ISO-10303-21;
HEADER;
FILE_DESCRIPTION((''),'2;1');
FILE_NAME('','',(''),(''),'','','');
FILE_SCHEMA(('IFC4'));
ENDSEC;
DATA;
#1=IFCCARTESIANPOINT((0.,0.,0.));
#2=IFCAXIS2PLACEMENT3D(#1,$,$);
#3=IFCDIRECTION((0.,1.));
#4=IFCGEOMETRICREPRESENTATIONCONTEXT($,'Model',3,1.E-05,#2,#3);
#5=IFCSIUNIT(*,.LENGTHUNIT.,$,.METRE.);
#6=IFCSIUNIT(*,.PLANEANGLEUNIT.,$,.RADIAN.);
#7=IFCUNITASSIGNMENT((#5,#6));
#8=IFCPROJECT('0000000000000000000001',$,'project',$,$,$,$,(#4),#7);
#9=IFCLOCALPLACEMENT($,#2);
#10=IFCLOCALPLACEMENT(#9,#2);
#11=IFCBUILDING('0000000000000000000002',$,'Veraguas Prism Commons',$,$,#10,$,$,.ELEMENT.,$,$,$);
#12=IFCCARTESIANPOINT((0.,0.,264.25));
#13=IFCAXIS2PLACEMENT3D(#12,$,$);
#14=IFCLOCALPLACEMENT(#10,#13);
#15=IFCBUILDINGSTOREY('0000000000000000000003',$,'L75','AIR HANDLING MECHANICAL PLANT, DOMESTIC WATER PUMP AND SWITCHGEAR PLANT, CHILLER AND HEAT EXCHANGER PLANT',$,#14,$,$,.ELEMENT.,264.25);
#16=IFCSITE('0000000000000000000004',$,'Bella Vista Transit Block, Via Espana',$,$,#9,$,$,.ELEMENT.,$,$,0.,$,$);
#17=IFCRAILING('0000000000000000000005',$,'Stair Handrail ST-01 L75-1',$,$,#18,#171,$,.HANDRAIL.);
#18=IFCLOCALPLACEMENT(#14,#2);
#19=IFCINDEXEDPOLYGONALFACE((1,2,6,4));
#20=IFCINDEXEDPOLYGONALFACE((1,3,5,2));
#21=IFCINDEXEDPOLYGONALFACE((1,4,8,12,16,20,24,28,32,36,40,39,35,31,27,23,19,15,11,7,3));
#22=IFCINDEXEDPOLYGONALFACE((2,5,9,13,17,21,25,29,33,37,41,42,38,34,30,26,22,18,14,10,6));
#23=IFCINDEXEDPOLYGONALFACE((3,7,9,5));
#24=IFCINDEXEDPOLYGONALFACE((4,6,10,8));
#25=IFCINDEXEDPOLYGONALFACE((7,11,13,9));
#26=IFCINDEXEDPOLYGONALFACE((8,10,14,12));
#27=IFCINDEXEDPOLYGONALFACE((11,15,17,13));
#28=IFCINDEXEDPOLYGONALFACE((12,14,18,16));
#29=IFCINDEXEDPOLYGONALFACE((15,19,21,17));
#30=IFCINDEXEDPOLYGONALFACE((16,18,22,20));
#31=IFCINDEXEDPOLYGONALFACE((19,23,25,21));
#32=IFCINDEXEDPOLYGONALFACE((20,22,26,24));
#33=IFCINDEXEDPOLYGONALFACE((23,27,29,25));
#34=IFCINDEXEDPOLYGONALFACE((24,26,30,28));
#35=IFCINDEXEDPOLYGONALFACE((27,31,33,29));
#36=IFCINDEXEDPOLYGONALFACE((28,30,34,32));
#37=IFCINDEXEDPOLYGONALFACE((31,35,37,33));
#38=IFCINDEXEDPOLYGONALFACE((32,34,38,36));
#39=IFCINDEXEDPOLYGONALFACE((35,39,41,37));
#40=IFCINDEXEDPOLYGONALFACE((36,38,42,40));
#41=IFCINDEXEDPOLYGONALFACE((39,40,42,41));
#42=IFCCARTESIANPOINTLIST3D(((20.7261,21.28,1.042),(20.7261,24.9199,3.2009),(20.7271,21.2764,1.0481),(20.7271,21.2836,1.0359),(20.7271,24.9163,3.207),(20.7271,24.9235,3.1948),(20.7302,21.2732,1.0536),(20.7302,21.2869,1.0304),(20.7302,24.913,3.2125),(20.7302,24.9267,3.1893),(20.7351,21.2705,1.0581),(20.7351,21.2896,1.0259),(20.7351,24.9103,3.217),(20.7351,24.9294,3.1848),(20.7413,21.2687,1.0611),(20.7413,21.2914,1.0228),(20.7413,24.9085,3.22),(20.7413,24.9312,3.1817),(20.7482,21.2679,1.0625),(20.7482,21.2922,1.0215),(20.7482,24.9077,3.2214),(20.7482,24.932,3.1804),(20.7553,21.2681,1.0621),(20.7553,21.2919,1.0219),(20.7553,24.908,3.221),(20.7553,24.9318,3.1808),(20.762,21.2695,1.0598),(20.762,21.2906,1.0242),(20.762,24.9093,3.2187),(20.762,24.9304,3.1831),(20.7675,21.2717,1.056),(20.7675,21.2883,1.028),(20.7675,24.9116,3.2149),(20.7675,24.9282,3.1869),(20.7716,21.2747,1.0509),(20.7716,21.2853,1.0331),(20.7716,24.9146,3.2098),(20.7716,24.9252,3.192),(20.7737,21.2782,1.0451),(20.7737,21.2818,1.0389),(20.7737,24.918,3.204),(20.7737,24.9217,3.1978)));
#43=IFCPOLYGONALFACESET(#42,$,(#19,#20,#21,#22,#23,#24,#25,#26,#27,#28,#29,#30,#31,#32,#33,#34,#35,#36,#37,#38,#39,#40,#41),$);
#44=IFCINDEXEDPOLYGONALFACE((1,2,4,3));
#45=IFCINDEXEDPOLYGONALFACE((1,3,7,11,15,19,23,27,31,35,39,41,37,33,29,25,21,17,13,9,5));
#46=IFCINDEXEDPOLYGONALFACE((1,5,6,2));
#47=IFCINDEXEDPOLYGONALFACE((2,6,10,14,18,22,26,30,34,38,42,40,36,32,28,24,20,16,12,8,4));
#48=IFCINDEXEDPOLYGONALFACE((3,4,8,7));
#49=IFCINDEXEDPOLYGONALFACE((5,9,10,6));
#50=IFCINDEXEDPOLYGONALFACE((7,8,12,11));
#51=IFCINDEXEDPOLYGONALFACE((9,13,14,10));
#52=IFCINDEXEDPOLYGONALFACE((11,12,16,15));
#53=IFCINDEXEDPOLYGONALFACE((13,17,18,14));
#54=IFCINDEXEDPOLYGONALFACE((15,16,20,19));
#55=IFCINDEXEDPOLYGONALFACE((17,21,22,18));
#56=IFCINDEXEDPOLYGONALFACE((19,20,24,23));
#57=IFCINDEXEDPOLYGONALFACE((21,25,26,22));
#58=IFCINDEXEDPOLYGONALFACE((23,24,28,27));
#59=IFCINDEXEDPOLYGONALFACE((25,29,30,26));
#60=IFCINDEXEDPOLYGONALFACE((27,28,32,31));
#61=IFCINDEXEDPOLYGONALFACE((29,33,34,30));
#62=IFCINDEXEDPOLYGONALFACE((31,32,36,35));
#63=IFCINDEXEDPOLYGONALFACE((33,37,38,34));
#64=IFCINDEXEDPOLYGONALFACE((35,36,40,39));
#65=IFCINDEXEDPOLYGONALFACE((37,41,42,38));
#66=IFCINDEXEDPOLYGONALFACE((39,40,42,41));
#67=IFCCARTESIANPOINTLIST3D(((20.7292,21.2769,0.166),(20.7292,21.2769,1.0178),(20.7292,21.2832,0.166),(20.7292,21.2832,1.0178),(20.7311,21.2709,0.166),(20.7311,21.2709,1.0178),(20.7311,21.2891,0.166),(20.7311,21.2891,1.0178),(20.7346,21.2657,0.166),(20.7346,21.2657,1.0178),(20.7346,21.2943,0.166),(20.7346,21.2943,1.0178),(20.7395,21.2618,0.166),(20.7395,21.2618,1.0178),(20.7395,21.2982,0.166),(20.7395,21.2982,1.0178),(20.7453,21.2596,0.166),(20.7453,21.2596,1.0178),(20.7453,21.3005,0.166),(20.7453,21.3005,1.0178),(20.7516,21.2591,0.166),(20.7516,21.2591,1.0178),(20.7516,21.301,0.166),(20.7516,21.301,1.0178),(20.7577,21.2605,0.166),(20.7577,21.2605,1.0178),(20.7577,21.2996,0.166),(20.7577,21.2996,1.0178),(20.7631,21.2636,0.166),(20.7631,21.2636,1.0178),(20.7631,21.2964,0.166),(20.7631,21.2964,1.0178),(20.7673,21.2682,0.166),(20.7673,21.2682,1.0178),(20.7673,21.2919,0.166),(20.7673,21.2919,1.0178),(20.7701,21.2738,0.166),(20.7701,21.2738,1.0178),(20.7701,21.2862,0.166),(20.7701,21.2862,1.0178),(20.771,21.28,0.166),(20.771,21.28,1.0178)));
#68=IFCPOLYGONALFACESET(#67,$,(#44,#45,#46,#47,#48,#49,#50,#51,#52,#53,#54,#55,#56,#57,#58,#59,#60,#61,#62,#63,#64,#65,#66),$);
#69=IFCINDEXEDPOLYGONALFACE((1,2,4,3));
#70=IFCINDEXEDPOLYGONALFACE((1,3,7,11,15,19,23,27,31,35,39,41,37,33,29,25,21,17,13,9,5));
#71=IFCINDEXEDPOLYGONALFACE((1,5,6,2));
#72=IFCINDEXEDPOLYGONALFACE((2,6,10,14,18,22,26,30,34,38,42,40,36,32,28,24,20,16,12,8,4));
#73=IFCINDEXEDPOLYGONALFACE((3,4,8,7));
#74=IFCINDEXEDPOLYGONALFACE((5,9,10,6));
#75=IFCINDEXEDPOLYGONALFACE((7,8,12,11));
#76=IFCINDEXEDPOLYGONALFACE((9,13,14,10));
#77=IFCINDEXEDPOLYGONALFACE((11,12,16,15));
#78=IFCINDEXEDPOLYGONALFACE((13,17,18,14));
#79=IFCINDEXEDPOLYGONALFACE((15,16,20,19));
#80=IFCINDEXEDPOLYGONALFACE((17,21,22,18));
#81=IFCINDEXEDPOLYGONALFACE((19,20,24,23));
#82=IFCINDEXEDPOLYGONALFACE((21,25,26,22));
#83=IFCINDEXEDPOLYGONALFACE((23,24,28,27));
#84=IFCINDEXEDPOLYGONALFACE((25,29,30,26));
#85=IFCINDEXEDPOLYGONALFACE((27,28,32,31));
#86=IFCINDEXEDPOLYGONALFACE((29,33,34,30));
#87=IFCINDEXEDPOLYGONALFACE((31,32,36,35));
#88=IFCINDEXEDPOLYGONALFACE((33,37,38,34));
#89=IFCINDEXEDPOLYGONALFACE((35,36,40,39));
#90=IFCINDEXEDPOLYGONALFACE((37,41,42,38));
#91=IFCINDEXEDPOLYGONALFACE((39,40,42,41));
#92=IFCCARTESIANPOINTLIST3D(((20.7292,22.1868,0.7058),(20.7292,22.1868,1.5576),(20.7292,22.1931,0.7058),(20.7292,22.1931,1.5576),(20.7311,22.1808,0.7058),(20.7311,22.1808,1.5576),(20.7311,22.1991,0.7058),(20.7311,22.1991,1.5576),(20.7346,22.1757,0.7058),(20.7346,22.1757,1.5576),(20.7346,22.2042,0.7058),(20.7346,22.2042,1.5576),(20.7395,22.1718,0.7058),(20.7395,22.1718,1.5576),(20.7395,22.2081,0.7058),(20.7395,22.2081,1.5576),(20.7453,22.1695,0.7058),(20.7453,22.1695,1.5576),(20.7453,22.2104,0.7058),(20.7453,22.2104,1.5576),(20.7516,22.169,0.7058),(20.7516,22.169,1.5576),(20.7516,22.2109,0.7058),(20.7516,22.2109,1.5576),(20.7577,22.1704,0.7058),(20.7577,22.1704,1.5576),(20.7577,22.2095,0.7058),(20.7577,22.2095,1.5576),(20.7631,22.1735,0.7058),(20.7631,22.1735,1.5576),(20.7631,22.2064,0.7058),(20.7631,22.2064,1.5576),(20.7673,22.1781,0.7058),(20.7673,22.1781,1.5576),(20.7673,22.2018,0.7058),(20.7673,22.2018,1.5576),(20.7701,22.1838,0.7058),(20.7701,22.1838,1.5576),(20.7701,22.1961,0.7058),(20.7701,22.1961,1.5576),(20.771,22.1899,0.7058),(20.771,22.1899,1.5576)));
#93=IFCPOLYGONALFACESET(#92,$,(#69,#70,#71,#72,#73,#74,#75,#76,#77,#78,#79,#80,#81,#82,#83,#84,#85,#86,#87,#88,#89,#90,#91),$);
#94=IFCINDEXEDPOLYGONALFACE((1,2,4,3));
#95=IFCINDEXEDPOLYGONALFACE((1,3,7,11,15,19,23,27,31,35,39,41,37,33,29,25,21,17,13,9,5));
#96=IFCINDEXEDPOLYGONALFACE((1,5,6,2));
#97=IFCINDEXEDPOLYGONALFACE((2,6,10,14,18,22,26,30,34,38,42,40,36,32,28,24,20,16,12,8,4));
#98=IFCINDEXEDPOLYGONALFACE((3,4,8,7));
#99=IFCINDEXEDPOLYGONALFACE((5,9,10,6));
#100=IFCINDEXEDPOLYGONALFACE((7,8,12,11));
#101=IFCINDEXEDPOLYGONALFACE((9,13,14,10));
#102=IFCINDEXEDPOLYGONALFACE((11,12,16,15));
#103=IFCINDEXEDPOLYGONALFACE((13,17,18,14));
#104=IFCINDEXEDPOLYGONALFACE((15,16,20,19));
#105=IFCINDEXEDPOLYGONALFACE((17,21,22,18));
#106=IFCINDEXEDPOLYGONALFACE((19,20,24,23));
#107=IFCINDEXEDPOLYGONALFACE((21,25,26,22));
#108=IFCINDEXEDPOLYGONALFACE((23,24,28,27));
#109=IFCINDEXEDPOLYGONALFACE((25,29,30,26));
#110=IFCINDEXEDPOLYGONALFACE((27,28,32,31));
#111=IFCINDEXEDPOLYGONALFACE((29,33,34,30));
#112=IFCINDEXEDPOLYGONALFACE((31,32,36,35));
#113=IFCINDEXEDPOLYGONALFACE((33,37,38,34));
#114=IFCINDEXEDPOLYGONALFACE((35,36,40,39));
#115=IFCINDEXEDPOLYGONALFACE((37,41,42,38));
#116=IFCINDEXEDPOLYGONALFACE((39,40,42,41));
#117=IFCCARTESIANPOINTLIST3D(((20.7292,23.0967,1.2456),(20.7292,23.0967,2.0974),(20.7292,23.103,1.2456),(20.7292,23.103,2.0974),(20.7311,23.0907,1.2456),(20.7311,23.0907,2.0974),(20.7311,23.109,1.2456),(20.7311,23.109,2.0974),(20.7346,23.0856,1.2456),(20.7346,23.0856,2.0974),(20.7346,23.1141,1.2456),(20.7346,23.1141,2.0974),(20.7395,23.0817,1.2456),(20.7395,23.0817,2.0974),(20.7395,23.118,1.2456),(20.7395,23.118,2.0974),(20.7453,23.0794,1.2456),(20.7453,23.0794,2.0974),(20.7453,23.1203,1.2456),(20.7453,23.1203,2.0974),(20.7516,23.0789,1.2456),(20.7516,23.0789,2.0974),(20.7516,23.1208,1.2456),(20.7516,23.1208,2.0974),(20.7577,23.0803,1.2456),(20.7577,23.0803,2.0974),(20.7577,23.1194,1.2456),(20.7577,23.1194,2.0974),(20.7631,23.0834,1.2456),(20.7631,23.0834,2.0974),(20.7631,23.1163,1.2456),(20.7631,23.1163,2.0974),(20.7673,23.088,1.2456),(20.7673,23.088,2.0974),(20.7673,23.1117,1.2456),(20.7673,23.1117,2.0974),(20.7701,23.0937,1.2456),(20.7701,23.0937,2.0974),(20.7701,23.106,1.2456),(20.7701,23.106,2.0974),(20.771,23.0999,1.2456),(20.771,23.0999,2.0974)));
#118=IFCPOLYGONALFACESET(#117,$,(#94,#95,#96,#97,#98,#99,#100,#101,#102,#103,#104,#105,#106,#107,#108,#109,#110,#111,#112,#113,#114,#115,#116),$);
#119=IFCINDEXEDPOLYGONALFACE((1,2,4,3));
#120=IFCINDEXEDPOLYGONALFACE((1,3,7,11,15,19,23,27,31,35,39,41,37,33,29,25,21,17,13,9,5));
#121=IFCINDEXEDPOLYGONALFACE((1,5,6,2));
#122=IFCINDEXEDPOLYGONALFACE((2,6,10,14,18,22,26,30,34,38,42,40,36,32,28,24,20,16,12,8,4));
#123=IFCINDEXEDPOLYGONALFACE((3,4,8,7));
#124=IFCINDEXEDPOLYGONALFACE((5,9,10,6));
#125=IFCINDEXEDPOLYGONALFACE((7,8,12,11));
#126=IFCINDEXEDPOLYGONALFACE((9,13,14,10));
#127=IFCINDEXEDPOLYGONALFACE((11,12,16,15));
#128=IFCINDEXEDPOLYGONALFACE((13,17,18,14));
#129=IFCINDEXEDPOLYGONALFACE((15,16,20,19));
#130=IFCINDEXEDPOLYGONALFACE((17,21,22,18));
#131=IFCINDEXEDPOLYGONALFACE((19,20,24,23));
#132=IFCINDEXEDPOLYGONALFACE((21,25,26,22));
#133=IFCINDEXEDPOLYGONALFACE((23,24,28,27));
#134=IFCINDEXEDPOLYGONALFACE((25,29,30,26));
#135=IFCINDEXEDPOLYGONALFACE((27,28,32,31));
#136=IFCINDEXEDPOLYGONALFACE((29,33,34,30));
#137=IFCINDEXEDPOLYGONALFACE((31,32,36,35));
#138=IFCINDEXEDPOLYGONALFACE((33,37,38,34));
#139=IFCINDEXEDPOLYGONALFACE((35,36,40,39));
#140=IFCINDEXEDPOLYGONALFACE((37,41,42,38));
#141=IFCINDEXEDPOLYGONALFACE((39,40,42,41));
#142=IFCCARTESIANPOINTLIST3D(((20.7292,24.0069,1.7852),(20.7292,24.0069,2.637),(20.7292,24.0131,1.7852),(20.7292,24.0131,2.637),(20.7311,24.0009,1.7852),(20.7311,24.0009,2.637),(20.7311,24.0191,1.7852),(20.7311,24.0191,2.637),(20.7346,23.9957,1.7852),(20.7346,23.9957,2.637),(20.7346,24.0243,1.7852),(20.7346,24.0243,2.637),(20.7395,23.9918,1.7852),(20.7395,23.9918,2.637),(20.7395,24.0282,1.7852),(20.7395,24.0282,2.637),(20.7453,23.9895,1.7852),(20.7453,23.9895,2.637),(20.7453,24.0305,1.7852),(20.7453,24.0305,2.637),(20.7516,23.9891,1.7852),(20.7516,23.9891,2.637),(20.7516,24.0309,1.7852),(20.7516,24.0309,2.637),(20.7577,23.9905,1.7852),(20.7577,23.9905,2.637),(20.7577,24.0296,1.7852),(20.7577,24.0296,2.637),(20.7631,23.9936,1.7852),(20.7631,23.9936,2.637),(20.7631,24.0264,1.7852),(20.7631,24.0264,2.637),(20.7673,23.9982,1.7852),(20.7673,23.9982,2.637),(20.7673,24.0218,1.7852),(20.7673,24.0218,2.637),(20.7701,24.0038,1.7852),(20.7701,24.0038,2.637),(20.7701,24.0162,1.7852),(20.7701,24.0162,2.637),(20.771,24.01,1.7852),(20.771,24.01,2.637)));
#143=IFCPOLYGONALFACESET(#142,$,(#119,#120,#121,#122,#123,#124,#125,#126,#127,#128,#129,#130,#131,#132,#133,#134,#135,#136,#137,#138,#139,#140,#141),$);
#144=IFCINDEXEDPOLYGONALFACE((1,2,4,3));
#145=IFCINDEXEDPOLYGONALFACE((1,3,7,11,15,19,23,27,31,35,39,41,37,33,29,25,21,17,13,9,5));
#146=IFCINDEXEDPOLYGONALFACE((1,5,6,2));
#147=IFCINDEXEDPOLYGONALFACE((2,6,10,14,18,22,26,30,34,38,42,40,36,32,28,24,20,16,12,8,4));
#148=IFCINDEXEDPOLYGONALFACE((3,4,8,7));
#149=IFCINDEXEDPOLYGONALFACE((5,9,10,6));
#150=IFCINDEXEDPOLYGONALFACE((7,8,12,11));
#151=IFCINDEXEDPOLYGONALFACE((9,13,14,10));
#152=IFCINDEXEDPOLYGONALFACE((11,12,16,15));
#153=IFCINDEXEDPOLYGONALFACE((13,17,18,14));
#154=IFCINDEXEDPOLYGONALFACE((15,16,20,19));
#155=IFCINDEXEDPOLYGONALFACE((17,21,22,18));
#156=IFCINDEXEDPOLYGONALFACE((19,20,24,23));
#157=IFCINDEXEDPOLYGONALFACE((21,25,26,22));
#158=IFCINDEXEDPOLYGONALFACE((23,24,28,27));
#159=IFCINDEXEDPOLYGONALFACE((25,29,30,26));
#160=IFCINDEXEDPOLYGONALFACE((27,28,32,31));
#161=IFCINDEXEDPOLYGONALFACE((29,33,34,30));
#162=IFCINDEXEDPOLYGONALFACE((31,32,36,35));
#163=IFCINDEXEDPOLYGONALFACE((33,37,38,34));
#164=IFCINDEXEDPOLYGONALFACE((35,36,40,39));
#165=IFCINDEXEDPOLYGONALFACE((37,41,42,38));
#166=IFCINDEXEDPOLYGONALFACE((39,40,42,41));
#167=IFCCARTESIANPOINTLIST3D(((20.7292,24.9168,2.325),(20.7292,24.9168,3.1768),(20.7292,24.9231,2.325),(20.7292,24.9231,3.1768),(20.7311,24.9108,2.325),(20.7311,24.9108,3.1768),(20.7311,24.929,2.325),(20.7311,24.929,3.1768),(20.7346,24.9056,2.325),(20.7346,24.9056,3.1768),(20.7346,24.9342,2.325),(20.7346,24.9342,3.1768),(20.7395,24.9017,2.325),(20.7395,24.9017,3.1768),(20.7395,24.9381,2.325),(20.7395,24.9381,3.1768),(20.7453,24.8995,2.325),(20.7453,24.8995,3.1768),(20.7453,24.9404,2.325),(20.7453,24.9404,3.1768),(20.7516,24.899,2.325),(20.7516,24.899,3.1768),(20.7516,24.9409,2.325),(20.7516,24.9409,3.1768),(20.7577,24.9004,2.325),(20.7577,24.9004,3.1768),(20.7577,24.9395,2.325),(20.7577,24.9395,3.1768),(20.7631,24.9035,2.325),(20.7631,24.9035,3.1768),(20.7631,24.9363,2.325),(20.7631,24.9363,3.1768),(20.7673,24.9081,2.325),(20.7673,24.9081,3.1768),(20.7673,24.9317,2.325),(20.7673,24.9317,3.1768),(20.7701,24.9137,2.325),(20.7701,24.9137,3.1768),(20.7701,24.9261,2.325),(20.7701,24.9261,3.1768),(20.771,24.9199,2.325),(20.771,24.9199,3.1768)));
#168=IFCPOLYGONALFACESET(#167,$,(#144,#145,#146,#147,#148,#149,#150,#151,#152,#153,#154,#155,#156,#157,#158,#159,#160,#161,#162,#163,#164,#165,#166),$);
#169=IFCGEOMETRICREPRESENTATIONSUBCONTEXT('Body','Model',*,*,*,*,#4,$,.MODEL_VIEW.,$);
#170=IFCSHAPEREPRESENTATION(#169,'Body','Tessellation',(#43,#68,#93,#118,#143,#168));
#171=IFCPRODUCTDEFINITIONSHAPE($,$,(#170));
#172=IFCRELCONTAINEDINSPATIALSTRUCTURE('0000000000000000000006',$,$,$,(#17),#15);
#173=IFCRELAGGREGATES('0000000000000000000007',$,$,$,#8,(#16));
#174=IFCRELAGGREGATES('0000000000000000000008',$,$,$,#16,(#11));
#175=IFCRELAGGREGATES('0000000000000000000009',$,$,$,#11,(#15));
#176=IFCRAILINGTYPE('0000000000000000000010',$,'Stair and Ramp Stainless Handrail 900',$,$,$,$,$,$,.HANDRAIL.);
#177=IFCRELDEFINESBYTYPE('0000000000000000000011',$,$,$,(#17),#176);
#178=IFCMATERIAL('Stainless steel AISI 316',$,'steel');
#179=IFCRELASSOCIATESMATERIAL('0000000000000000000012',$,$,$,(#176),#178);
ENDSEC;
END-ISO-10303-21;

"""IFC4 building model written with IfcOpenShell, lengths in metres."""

from ifc_helpers import new_model, si_unit, direction, frame, origin, origin_2d, place, context, subcontext, project, spatial, circle, extrude, material, type_object, element, save


model = new_model("IFC4")

# Units and contexts
model_context = context("Model", 3, precision=1e-05, world=origin(), true_north=direction((0.0, 1.0)))
body_context = subcontext(model_context, "Body", "Model", "MODEL_VIEW")
ifc_project = project(units=[si_unit("LENGTHUNIT", "METRE"), si_unit("PLANEANGLEUNIT", "RADIAN")], contexts=[model_context])

# Site, building, storey
site_placement = place(None, origin())
site = spatial("IfcSite", under=ifc_project, at=site_placement, Name="Bella Vista Transit Block, Via Espana", CompositionType="ELEMENT", RefElevation=0.0)
building_placement = place(site_placement, origin())
building = spatial("IfcBuilding", under=site, at=building_placement, Name="Veraguas Prism Commons", CompositionType="ELEMENT")
storey_placement = place(building_placement, frame((0.0, 0.0, 264.25)))
storey = spatial("IfcBuildingStorey", under=building, at=storey_placement, Name="L75", Description="AIR HANDLING MECHANICAL PLANT, DOMESTIC WATER PUMP AND SWITCHGEAR PLANT, CHILLER AND HEAT EXCHANGER PLANT", CompositionType="ELEMENT", Elevation=264.25)

# Railing
ifc_material_1 = material(Name="Stainless steel AISI 316", Category="steel")
railing_type_1 = type_object("IfcRailingType", Name="Stair and Ramp Stainless Handrail 900", PredefinedType="HANDRAIL", material=ifc_material_1)
railing_1_placement = place(storey_placement, frame((20.75, 21.28, 0.166)))
element("IfcRailing", 1, at=railing_1_placement, inside=storey, type_object=railing_type_1, Name="Stair Handrail ST-01 L75-1", PredefinedType="HANDRAIL", context=body_context, shape_type="SweptSolid", body=[
    extrude(circle(Radius=0.0239, at=origin_2d()), frame((0.0, 0.0, 0.876), z_axis=(0.0, 0.860088, 0.510145), x_axis=(-1.0, 0.0, 0.0)), (0.0, 0.0, 1.0), 4.2319),
    extrude(circle(Radius=0.021, at=origin_2d()), origin(), (0.0, 0.0, 1.0), 0.8518),
    extrude(circle(Radius=0.021, at=origin_2d()), frame((0.0, 0.9099, 0.5398)), (0.0, 0.0, 1.0), 0.8518),
    extrude(circle(Radius=0.021, at=origin_2d()), frame((0.0, 1.8198, 1.0796)), (0.0, 0.0, 1.0), 0.8518),
    extrude(circle(Radius=0.021, at=origin_2d()), frame((0.0, 2.73, 1.6191)), (0.0, 0.0, 1.0), 0.8518),
    extrude(circle(Radius=0.021, at=origin_2d()), frame((0.0, 3.6399, 2.1589)), (0.0, 0.0, 1.0), 0.8518),
])

save(model, "model.ifc")
